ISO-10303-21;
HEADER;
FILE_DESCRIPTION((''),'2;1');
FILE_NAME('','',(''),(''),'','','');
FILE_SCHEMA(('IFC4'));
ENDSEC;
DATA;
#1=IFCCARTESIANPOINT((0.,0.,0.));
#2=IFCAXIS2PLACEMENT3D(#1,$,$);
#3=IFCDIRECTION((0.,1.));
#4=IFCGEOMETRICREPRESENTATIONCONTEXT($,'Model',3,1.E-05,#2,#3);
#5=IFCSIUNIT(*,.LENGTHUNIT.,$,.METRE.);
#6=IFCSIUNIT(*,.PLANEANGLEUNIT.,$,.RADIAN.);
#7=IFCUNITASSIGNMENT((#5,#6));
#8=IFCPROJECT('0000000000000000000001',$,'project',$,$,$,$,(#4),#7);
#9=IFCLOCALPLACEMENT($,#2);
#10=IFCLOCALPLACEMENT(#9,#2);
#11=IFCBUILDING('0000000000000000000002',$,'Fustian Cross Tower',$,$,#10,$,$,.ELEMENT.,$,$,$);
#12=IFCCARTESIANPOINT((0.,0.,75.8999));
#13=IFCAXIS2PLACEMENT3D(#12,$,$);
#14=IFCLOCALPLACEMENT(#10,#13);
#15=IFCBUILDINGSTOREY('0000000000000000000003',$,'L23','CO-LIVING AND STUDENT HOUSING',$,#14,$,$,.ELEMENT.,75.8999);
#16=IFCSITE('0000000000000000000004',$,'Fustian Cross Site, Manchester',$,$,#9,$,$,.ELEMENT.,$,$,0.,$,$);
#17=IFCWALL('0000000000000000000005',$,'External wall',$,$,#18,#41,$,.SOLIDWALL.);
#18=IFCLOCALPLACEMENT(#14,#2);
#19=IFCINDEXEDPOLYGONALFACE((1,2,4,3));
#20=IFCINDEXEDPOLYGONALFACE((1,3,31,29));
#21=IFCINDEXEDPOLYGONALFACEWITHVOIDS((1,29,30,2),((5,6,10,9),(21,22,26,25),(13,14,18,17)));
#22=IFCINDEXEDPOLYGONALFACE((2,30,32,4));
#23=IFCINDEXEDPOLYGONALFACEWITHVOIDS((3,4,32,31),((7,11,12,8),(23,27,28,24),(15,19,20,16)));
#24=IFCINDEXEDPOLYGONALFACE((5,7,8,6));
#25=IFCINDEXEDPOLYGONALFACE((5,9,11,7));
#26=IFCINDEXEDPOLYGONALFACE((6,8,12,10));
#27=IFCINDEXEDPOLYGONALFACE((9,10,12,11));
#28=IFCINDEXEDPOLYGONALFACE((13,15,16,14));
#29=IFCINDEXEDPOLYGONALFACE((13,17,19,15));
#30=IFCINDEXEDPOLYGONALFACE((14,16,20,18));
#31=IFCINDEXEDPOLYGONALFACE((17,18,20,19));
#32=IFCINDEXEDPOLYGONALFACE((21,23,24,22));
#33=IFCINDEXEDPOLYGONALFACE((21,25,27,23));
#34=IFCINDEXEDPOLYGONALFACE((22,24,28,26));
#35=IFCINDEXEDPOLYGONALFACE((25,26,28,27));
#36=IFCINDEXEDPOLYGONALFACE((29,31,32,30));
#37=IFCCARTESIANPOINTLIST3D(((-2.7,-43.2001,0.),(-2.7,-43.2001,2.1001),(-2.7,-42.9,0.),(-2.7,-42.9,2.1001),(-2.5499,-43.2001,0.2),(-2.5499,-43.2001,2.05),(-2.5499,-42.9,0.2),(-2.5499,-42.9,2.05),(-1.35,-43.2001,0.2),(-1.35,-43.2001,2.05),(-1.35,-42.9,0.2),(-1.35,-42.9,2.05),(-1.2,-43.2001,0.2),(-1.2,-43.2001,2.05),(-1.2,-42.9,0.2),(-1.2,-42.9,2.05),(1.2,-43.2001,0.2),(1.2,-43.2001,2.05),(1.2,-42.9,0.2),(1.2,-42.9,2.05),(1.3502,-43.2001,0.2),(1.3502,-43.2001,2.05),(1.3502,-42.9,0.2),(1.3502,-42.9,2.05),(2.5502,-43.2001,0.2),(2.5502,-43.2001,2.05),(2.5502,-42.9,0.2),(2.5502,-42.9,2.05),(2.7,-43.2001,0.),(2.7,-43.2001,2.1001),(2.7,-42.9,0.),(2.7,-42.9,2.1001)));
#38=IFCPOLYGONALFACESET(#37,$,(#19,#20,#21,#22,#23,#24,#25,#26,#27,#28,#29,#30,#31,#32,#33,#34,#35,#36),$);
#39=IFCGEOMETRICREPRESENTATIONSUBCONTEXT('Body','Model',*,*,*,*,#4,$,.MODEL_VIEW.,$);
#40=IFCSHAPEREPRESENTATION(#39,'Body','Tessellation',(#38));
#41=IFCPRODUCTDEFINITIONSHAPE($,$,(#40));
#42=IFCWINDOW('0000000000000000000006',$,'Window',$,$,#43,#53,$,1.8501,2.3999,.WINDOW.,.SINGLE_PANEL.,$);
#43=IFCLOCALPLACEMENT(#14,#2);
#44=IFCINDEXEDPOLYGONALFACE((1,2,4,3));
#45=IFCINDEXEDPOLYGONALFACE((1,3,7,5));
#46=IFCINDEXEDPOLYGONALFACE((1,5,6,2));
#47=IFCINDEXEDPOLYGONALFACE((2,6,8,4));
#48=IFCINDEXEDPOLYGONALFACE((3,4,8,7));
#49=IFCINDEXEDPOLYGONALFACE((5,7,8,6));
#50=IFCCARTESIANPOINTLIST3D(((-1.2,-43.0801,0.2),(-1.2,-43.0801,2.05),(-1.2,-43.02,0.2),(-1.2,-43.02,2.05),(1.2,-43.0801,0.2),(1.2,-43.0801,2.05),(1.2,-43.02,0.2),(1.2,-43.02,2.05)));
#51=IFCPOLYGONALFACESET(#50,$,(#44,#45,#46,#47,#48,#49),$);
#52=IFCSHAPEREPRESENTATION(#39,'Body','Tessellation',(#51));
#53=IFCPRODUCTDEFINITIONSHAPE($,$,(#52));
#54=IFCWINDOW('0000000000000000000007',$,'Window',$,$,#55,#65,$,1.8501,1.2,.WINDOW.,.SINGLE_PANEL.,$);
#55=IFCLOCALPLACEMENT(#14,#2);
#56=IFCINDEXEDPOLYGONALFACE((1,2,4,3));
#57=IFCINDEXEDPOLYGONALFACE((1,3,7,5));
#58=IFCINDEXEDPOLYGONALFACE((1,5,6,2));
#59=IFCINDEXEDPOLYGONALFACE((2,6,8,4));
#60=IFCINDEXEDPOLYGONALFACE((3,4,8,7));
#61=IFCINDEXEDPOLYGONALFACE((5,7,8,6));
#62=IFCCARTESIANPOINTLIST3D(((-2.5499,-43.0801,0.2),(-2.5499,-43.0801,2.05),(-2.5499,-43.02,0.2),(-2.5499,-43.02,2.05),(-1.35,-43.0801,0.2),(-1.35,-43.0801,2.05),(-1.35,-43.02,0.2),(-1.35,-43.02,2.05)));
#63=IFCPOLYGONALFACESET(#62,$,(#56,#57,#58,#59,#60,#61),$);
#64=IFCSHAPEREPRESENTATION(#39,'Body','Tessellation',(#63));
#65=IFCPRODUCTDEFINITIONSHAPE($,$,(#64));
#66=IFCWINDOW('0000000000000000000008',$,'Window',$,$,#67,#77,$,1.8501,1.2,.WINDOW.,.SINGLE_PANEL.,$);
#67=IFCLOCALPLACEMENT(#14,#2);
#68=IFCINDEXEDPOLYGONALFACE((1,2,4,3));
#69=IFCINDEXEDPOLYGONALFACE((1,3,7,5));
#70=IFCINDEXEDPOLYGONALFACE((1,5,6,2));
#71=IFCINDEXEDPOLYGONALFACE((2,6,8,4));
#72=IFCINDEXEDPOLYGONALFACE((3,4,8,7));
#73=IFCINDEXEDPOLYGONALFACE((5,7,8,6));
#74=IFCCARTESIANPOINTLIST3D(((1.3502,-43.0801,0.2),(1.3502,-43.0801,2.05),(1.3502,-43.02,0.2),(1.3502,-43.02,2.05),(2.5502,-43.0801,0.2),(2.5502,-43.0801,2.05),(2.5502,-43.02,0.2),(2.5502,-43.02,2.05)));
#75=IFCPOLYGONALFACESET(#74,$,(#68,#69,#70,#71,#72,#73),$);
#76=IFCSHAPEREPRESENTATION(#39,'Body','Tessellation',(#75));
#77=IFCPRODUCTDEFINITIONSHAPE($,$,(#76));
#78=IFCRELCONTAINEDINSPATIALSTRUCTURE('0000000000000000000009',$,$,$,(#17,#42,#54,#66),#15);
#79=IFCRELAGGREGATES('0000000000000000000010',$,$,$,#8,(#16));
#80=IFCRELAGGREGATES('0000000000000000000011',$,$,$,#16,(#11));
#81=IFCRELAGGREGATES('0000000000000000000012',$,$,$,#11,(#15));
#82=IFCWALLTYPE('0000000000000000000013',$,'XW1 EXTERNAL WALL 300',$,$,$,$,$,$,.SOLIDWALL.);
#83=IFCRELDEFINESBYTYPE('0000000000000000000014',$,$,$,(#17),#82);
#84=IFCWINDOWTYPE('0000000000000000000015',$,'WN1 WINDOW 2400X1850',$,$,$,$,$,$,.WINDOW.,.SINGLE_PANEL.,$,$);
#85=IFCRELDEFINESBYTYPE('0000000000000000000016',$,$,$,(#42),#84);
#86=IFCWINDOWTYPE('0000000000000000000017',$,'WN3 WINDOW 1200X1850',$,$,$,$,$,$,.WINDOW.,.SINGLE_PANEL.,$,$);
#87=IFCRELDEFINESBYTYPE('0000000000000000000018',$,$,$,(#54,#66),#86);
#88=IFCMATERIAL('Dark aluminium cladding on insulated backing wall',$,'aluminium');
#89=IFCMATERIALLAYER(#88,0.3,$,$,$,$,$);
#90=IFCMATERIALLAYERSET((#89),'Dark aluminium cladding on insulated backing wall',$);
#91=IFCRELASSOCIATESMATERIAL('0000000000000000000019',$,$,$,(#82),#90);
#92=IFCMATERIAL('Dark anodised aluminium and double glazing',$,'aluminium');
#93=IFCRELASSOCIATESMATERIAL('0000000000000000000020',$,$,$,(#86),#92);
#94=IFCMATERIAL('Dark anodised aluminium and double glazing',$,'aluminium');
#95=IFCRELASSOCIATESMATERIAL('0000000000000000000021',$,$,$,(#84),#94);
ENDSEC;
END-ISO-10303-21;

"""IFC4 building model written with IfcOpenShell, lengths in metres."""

from ifc_helpers import new_model, si_unit, direction, frame, frame_2d, origin, place, context, subcontext, project, spatial, rectangle, extrude, material, layer, layer_set, type_object, element, fill, save


model = new_model("IFC4")

# Units and contexts
model_context = context("Model", 3, precision=1e-05, world=origin(), true_north=direction((0.0, 1.0)))
body_context = subcontext(model_context, "Body", "Model", "MODEL_VIEW")
ifc_project = project(units=[si_unit("LENGTHUNIT", "METRE"), si_unit("PLANEANGLEUNIT", "RADIAN")], contexts=[model_context])

# Site, building, storey
site_placement = place(None, origin())
site = spatial("IfcSite", under=ifc_project, at=site_placement, Name="Fustian Cross Site, Manchester", CompositionType="ELEMENT", RefElevation=0.0)
building_placement = place(site_placement, origin())
building = spatial("IfcBuilding", under=site, at=building_placement, Name="Fustian Cross Tower", CompositionType="ELEMENT")
storey_placement = place(building_placement, frame((0.0, 0.0, 75.8999)))
storey = spatial("IfcBuildingStorey", under=building, at=storey_placement, Name="L23", Description="CO-LIVING AND STUDENT HOUSING", CompositionType="ELEMENT", Elevation=75.8999)

# Shared definitions
ifc_material_1 = material(Name="Dark aluminium cladding on insulated backing wall", Category="aluminium")
ifc_layer_1 = layer(ifc_material_1, 0.3)
ifc_layer_set_1 = layer_set([ifc_layer_1], Name="Dark aluminium cladding on insulated backing wall")
wall_type_1 = type_object("IfcWallType", Name="XW1 EXTERNAL WALL 300", PredefinedType="SOLIDWALL", material=ifc_layer_set_1)

# Shared definitions
ifc_material_2 = material(Name="Dark anodised aluminium and double glazing", Category="aluminium")
window_type_1 = type_object("IfcWindowType", Name="WN3 WINDOW 1200X1850", PartitioningType="SINGLE_PANEL", PredefinedType="WINDOW", material=ifc_material_2)

# Wall, openings, windows
wall_1_placement = place(storey_placement, frame((-2.7, -43.05, 0.0), z_axis=(0.0, 0.0, 1.0), x_axis=(1.0, 0.0, 0.0)))
wall_1 = element("IfcWall", 1, at=wall_1_placement, inside=storey, type_object=wall_type_1, Name="External wall", PredefinedType="SOLIDWALL", context=body_context, shape_type="SweptSolid", body=[
    extrude(rectangle(XDim=5.3999, YDim=0.3, at=frame_2d((2.7, 0.0))), origin(), (0.0, 0.0, 1.0), 2.1001),
])
opening_1_placement = place(wall_1_placement, frame((1.5, 0.0, 0.2)))
opening_1 = element("IfcOpeningElement", 2, at=opening_1_placement, cuts=wall_1, PredefinedType="OPENING", context=body_context, shape_type="SweptSolid", body=[
    extrude(rectangle(XDim=2.3999, YDim=1.8501, at=frame_2d((1.2, 0.925))), frame((0.0, 0.1599, 0.0), z_axis=(0.0, -1.0, 0.0), x_axis=(1.0, 0.0, 0.0)), (0.0, 0.0, 1.0), 0.3201),
])
opening_2_placement = place(wall_1_placement, frame((0.1499, 0.0, 0.2)))
opening_2 = element("IfcOpeningElement", 3, at=opening_2_placement, cuts=wall_1, PredefinedType="OPENING", context=body_context, shape_type="SweptSolid", body=[
    extrude(rectangle(XDim=1.2, YDim=1.8501, at=frame_2d((0.6001, 0.925))), frame((0.0, 0.1599, 0.0), z_axis=(0.0, -1.0, 0.0), x_axis=(1.0, 0.0, 0.0)), (0.0, 0.0, 1.0), 0.3201),
])
opening_3_placement = place(wall_1_placement, frame((4.05, 0.0, 0.2)))
opening_3 = element("IfcOpeningElement", 4, at=opening_3_placement, cuts=wall_1, PredefinedType="OPENING", context=body_context, shape_type="SweptSolid", body=[
    extrude(rectangle(XDim=1.2, YDim=1.8501, at=frame_2d((0.6001, 0.925))), frame((0.0, 0.1599, 0.0), z_axis=(0.0, -1.0, 0.0), x_axis=(1.0, 0.0, 0.0)), (0.0, 0.0, 1.0), 0.3201),
])
ifc_material_3 = material(Name="Dark anodised aluminium and double glazing", Category="aluminium")
window_type_2 = type_object("IfcWindowType", Name="WN1 WINDOW 2400X1850", PartitioningType="SINGLE_PANEL", PredefinedType="WINDOW", material=ifc_material_3)
window_1_placement = place(opening_1_placement, origin())
window_1 = element("IfcWindow", 5, at=window_1_placement, inside=storey, type_object=window_type_2, Name="Window", OverallHeight=1.8501, OverallWidth=2.3999, PartitioningType="SINGLE_PANEL", PredefinedType="WINDOW", context=body_context, shape_type="SweptSolid", body=[
    extrude(rectangle(XDim=2.3999, YDim=1.8501, at=frame_2d((1.2, 0.925))), frame((0.0, 0.03, 0.0), z_axis=(0.0, -1.0, 0.0), x_axis=(1.0, 0.0, 0.0)), (0.0, 0.0, 1.0), 0.0601),
])
fill(opening_1, window_1)
window_2_placement = place(opening_2_placement, origin())
window_2 = element("IfcWindow", 6, at=window_2_placement, inside=storey, type_object=window_type_1, Name="Window", OverallHeight=1.8501, OverallWidth=1.2, PartitioningType="SINGLE_PANEL", PredefinedType="WINDOW", context=body_context, shape_type="SweptSolid", body=[
    extrude(rectangle(XDim=1.2, YDim=1.8501, at=frame_2d((0.6001, 0.925))), frame((0.0, 0.03, 0.0), z_axis=(0.0, -1.0, 0.0), x_axis=(1.0, 0.0, 0.0)), (0.0, 0.0, 1.0), 0.0601),
])
fill(opening_2, window_2)
window_3_placement = place(opening_3_placement, origin())
window_3 = element("IfcWindow", 7, at=window_3_placement, inside=storey, type_object=window_type_1, Name="Window", OverallHeight=1.8501, OverallWidth=1.2, PartitioningType="SINGLE_PANEL", PredefinedType="WINDOW", context=body_context, shape_type="SweptSolid", body=[
    extrude(rectangle(XDim=1.2, YDim=1.8501, at=frame_2d((0.6001, 0.925))), frame((0.0, 0.03, 0.0), z_axis=(0.0, -1.0, 0.0), x_axis=(1.0, 0.0, 0.0)), (0.0, 0.0, 1.0), 0.0601),
])
fill(opening_3, window_3)

save(model, "model.ifc")
